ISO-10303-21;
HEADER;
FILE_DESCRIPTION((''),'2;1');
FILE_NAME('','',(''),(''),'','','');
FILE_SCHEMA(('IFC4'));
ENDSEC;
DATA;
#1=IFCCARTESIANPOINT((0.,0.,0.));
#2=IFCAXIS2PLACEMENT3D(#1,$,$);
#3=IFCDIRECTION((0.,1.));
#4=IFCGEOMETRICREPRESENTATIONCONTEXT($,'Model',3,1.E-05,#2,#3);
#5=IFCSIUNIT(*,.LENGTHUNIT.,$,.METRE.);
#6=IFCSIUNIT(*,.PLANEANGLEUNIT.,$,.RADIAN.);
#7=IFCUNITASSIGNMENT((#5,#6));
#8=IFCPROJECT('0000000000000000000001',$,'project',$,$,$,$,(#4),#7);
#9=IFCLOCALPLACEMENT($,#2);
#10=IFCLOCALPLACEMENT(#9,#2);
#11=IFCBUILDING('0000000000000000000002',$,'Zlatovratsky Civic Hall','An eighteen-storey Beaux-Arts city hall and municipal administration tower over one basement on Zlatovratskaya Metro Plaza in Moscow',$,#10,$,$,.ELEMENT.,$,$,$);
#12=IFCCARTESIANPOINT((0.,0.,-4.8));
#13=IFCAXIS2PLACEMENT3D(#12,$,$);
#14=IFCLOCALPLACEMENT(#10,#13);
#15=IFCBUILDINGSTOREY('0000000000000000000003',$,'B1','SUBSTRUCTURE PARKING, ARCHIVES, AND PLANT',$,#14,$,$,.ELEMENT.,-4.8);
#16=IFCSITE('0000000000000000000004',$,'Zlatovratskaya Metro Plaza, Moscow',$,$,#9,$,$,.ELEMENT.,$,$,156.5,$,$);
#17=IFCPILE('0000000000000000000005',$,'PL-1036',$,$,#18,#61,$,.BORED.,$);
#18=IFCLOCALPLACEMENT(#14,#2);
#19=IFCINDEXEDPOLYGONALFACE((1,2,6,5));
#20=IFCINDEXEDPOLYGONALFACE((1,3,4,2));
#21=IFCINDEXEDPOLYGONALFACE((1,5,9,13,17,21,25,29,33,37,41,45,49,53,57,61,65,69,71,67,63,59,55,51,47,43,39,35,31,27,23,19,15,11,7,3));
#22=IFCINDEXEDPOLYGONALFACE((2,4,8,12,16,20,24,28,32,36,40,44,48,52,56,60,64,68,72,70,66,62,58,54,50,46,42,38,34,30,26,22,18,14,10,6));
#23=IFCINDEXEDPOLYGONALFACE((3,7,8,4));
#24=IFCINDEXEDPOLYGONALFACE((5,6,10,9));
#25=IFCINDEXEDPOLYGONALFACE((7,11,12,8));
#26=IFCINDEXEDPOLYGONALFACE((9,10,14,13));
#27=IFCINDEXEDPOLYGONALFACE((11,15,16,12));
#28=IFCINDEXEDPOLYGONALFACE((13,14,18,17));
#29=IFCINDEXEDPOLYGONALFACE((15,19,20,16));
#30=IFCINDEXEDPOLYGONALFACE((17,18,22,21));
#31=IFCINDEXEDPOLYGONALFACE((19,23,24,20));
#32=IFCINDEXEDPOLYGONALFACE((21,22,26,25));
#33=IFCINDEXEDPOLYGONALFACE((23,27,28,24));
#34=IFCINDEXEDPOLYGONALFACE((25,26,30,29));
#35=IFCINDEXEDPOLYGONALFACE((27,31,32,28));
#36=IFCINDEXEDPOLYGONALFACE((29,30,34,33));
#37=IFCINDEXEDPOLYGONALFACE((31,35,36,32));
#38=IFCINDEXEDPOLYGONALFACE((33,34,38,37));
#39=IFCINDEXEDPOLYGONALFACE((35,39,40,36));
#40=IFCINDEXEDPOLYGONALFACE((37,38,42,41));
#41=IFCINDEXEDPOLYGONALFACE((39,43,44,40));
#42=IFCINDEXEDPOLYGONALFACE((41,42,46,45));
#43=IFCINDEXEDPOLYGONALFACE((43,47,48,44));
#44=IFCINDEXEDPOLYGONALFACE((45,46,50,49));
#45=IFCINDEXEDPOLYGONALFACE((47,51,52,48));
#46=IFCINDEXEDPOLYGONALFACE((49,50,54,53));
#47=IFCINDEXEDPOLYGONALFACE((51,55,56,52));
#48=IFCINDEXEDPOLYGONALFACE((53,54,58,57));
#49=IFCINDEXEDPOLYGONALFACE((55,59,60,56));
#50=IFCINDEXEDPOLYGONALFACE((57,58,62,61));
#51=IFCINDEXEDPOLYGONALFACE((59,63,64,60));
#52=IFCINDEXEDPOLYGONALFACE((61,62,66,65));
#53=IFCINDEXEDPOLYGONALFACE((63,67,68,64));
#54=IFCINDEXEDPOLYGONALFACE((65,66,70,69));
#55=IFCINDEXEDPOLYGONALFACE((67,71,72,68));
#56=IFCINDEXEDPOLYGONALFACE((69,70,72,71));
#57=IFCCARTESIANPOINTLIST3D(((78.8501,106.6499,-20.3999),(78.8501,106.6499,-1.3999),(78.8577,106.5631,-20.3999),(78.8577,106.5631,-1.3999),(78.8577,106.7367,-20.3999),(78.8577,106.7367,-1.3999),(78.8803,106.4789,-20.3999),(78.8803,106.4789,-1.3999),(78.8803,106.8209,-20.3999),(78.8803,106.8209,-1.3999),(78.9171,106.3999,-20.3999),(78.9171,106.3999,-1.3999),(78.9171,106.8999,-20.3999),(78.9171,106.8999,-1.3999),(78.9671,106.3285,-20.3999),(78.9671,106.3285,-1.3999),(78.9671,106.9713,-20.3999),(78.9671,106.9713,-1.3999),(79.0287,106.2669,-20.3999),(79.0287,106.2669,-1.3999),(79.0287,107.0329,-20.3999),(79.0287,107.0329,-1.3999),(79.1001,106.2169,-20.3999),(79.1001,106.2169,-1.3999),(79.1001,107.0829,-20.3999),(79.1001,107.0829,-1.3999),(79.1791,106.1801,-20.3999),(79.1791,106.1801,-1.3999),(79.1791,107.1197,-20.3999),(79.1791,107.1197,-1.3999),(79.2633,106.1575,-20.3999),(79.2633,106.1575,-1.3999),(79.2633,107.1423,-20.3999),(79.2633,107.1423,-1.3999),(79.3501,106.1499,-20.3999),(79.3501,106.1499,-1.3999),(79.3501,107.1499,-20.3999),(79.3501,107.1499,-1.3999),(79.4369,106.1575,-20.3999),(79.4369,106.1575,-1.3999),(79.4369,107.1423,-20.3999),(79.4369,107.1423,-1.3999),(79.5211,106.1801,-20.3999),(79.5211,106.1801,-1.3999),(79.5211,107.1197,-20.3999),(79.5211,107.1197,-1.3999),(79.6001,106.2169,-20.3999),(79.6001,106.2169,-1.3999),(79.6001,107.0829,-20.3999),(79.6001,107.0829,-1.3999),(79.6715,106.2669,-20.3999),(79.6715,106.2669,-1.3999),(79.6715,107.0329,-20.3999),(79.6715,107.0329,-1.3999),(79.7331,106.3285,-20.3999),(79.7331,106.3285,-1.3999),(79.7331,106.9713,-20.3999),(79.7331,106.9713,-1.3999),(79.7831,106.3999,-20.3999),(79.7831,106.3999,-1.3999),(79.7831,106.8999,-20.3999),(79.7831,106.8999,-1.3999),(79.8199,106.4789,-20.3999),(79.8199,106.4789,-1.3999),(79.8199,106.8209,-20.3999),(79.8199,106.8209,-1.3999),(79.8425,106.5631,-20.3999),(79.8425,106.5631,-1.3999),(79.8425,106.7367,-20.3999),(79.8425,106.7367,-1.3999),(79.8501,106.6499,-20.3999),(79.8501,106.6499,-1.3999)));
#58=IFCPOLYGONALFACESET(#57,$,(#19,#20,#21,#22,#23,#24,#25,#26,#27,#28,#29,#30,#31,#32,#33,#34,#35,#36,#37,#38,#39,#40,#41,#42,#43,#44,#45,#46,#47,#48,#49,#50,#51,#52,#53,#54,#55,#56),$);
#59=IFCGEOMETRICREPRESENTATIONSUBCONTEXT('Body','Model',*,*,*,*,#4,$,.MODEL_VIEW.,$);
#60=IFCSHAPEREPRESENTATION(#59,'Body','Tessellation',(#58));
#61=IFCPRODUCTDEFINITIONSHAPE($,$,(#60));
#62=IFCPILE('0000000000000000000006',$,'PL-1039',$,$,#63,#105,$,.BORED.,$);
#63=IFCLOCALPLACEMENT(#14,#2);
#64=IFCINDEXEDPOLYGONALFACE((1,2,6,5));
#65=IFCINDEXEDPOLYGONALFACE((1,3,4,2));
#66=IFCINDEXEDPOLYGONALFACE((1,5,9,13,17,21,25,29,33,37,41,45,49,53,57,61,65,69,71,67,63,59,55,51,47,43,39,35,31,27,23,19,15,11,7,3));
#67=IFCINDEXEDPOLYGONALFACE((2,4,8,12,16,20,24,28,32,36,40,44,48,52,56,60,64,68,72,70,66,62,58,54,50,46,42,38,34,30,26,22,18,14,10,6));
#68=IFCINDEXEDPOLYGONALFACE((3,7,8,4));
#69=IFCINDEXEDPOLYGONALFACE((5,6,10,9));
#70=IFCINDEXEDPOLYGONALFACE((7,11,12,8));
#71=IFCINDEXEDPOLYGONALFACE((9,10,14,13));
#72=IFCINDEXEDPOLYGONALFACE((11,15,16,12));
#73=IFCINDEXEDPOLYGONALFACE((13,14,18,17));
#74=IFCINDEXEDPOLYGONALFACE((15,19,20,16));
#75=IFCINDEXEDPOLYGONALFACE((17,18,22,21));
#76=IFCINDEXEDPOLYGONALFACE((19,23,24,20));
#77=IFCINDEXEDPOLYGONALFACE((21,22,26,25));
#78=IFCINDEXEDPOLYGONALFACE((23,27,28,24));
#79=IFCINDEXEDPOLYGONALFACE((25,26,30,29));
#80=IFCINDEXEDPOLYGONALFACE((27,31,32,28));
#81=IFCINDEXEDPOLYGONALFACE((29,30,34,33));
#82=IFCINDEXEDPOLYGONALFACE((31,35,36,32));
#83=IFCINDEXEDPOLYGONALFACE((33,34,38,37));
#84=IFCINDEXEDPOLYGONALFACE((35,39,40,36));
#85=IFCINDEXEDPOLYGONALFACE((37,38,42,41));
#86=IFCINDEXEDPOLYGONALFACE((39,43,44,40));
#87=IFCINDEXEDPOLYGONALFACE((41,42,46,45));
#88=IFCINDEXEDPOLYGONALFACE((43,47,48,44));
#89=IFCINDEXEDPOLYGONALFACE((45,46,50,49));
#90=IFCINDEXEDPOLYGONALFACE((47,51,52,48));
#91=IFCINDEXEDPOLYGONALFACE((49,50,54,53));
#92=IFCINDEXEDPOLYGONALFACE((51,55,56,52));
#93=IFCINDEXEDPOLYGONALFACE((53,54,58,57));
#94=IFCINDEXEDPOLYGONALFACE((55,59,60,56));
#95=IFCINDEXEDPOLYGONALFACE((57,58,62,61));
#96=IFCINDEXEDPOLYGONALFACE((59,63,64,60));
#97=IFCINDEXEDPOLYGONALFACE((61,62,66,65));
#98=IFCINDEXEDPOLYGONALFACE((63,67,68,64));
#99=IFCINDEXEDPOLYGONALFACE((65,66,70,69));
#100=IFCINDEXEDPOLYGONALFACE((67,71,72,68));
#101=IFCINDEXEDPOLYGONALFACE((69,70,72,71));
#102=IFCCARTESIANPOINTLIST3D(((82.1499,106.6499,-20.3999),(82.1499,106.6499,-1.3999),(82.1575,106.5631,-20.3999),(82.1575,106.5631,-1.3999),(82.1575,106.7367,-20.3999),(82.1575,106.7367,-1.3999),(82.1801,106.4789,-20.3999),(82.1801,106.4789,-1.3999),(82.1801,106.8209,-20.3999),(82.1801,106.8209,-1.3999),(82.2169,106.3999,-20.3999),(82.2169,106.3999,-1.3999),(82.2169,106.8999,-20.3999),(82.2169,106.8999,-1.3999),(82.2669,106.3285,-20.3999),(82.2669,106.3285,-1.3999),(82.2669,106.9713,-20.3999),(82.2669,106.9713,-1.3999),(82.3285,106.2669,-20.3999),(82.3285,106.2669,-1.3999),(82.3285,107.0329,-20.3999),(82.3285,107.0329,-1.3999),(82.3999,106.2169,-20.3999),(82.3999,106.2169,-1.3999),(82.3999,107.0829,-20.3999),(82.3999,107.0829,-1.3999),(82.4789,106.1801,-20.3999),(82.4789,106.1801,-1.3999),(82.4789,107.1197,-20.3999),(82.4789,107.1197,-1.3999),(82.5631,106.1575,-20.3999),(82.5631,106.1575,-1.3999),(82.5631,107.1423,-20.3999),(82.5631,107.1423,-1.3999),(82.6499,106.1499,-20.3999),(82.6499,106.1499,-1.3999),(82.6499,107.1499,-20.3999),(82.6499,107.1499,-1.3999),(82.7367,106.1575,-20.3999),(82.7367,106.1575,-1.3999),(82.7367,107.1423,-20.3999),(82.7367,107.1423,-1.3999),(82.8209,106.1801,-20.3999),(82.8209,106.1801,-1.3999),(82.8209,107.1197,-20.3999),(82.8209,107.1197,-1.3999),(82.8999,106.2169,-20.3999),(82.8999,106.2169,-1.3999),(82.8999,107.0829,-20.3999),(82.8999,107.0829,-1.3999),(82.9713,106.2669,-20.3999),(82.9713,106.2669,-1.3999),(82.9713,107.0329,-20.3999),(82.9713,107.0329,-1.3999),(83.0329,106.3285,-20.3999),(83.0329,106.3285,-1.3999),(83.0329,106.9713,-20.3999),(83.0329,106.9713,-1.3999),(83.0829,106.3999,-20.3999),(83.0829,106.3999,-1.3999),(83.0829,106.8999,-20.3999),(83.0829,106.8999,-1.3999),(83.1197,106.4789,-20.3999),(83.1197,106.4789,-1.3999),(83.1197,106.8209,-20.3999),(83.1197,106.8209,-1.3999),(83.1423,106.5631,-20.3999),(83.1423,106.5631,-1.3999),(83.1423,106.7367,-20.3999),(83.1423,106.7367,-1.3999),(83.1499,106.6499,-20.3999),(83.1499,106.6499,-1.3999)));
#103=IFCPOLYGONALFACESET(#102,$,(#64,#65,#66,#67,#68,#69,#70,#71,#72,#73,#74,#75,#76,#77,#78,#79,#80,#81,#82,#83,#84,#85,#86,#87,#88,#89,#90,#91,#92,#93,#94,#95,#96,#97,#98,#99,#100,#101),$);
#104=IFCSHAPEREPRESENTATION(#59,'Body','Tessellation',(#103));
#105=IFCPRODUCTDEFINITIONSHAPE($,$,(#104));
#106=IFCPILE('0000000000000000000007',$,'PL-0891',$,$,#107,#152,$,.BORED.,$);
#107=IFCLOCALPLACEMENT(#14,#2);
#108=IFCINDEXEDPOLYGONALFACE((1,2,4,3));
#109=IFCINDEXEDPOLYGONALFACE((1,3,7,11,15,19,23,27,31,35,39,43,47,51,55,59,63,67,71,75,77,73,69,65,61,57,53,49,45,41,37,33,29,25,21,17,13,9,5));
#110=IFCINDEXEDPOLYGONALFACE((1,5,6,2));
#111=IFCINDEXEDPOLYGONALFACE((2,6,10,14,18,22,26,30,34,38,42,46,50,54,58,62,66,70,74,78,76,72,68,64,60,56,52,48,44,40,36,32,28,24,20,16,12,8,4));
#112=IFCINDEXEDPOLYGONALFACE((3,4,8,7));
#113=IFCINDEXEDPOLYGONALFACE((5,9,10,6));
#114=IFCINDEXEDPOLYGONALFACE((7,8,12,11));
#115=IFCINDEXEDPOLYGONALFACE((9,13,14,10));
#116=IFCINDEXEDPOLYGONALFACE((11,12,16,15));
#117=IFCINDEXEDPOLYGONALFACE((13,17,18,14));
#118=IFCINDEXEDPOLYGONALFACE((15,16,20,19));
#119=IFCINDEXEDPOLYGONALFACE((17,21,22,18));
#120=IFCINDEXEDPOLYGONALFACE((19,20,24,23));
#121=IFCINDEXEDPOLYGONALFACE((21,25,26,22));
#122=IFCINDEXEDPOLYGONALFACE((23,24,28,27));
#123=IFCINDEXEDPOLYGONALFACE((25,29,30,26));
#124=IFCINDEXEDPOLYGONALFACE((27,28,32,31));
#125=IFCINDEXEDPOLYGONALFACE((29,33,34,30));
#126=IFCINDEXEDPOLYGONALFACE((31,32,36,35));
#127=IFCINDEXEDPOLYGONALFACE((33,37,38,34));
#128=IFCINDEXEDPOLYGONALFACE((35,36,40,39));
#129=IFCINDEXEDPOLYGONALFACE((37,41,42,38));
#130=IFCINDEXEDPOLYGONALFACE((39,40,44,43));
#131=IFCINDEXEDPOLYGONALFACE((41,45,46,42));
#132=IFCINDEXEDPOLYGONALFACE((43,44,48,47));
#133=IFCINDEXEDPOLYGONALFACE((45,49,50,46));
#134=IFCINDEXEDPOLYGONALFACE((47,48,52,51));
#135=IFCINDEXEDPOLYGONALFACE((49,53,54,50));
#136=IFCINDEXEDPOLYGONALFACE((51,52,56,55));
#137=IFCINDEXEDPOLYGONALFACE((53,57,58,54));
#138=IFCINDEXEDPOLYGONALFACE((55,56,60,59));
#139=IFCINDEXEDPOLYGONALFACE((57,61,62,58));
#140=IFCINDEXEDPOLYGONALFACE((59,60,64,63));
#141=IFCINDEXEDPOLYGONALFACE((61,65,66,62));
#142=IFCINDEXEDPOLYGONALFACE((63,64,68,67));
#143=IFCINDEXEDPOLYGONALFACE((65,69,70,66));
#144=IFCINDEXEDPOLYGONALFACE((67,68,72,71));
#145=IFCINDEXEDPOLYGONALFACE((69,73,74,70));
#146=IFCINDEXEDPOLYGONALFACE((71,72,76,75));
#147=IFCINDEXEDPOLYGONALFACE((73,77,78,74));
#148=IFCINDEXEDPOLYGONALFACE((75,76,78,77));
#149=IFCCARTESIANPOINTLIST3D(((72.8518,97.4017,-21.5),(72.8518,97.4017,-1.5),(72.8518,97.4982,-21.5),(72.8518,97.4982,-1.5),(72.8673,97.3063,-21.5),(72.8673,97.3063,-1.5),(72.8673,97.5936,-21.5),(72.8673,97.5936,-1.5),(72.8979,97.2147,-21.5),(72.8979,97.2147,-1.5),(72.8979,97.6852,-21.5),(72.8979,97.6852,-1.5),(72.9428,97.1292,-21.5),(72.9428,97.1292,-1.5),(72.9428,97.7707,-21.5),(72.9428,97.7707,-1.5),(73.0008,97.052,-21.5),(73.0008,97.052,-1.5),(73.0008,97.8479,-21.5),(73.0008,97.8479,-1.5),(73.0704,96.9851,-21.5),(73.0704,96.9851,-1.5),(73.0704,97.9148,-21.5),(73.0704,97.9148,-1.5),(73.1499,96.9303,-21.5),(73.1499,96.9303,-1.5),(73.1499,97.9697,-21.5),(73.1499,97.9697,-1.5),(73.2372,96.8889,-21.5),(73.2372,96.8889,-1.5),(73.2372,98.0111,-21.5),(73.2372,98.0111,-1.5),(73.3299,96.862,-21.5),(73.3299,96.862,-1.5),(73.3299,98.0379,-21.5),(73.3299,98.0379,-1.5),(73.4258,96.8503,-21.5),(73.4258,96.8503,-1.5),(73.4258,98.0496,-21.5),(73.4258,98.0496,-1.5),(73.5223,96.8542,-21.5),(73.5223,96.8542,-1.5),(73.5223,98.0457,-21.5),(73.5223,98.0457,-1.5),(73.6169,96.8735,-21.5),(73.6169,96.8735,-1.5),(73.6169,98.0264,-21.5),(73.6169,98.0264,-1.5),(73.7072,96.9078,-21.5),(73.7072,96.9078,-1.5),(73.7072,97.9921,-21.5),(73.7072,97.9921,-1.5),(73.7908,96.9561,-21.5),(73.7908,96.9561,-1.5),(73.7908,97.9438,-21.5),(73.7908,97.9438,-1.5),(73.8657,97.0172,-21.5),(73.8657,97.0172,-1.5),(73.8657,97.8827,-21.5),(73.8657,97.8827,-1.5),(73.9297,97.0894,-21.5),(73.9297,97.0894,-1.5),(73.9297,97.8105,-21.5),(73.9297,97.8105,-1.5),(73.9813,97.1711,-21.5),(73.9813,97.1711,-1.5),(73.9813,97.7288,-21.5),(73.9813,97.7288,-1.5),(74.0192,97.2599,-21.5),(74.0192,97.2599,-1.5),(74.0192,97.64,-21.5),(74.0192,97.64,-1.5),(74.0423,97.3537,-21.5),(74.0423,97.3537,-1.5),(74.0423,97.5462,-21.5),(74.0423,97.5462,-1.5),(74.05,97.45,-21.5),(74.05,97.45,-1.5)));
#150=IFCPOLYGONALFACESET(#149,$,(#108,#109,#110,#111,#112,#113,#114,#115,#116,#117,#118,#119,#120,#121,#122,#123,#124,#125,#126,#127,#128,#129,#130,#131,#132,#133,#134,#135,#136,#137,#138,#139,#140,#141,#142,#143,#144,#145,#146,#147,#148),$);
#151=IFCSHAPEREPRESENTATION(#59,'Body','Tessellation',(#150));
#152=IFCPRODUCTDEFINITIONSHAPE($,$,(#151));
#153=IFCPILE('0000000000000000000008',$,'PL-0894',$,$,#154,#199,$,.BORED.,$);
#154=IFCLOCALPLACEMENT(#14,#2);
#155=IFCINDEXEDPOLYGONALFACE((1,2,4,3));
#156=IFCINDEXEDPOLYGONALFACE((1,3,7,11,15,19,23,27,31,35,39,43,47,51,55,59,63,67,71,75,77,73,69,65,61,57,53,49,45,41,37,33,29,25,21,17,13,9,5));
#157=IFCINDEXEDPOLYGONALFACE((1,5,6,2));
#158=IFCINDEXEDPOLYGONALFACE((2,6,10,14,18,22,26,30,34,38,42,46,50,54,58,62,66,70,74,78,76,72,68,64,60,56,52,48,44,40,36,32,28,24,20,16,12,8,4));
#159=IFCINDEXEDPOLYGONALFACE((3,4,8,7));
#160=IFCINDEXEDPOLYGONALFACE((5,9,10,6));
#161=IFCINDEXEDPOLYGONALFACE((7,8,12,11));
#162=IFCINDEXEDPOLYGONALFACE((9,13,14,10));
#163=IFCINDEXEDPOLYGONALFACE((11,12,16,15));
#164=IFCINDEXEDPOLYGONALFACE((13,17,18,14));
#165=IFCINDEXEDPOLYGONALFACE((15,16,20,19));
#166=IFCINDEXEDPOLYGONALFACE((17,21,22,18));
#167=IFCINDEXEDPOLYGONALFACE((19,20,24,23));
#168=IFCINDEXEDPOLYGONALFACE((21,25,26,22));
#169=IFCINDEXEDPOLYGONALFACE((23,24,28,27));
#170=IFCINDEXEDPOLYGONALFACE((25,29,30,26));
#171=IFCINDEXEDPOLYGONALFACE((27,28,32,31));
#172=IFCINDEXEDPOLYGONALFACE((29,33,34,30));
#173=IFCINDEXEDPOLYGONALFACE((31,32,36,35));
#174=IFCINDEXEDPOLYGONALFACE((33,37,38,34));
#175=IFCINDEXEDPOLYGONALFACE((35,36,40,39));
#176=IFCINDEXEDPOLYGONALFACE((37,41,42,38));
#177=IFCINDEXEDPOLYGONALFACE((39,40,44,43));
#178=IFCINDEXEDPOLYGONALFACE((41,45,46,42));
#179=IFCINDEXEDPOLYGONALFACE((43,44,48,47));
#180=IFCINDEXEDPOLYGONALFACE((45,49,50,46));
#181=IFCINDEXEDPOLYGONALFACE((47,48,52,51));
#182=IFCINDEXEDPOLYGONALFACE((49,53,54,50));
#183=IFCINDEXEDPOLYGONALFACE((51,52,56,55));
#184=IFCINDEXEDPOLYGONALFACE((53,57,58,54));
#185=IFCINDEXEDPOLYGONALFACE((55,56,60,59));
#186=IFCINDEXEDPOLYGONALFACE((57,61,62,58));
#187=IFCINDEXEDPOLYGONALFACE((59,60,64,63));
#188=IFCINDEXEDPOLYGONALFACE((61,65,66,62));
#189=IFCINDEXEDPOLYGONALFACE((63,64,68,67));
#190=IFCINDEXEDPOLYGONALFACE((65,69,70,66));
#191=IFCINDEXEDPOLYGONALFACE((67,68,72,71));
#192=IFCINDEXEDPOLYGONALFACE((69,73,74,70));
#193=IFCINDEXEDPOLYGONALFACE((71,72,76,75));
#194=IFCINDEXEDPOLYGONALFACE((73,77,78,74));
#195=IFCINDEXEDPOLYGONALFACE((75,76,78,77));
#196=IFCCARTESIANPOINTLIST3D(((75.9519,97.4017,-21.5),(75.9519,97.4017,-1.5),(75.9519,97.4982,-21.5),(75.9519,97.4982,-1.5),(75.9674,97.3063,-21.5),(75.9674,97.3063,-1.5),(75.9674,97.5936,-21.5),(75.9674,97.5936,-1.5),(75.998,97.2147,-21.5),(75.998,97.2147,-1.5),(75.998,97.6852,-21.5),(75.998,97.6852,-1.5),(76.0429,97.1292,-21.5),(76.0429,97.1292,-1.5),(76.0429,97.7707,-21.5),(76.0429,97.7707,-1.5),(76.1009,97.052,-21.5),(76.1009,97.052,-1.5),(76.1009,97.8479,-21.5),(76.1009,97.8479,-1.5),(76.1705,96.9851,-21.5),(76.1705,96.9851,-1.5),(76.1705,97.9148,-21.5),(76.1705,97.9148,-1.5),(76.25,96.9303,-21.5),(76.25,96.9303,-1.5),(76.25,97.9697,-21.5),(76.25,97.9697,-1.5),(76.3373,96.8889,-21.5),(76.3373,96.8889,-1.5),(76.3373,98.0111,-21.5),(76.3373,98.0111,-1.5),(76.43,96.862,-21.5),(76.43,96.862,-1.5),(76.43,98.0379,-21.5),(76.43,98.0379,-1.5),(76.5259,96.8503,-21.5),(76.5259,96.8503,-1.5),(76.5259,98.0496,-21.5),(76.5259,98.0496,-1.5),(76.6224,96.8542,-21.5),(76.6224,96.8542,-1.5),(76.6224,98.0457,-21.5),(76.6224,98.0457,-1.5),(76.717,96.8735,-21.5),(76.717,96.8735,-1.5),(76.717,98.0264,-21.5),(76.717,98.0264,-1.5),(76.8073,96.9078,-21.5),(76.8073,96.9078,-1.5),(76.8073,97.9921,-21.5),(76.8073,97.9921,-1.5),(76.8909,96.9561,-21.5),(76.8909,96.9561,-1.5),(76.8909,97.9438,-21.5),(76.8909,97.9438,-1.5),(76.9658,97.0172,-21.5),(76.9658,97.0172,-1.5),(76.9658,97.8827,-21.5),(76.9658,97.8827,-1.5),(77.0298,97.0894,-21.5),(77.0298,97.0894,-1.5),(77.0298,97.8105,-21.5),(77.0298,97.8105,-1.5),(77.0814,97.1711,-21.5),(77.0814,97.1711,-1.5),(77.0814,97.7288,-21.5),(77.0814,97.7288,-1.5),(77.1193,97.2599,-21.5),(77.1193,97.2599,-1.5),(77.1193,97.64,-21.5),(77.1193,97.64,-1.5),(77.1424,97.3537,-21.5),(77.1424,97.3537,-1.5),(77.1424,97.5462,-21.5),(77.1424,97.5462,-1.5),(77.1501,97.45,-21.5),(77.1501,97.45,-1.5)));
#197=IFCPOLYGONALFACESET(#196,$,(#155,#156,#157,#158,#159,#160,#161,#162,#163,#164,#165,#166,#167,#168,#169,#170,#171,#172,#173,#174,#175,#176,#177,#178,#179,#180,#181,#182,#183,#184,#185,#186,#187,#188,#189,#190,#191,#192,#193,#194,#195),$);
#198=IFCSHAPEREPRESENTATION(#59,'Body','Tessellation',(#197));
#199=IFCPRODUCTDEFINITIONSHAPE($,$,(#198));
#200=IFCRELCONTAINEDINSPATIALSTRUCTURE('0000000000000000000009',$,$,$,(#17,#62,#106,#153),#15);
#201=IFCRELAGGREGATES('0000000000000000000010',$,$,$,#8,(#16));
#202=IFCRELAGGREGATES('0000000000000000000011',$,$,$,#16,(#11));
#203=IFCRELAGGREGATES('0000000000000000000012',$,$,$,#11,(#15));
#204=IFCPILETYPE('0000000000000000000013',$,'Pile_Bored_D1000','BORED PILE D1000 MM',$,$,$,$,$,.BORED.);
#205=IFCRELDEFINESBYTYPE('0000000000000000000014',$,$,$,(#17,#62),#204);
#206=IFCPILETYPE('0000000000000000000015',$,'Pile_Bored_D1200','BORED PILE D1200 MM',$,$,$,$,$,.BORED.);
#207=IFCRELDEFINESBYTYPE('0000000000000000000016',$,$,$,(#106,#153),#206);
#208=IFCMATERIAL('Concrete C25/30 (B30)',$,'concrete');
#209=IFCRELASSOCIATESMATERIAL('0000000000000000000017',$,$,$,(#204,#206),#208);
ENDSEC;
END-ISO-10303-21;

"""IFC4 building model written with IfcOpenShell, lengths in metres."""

from ifc_helpers import new_model, si_unit, direction, frame, origin, origin_2d, place, context, subcontext, project, spatial, circle, extrude, material, material_profile, profile_set, type_object, element, save


model = new_model("IFC4")

# Units and contexts
model_context = context("Model", 3, precision=1e-05, world=origin(), true_north=direction((0.0, 1.0)))
body_context = subcontext(model_context, "Body", "Model", "MODEL_VIEW")
ifc_project = project(units=[si_unit("LENGTHUNIT", "METRE"), si_unit("PLANEANGLEUNIT", "RADIAN")], contexts=[model_context])

# Site, building, storey
site_placement = place(None, origin())
site = spatial("IfcSite", under=ifc_project, at=site_placement, Name="Zlatovratskaya Metro Plaza, Moscow", CompositionType="ELEMENT", RefElevation=156.5)
building_placement = place(site_placement, origin())
building = spatial("IfcBuilding", under=site, at=building_placement, Name="Zlatovratsky Civic Hall", Description="An eighteen-storey Beaux-Arts city hall and municipal administration tower over one basement on Zlatovratskaya Metro Plaza in Moscow", CompositionType="ELEMENT")
storey_placement = place(building_placement, frame((0.0, 0.0, -4.8)))
storey = spatial("IfcBuildingStorey", under=building, at=storey_placement, Name="B1", Description="SUBSTRUCTURE PARKING, ARCHIVES, AND PLANT", CompositionType="ELEMENT", Elevation=-4.8)

# Shared definitions
ifc_material_1 = material(Name="Concrete C25/30 (B30)", Category="concrete")

# Piles
ifc_material_profile_1 = material_profile(ifc_material_1, circle(Radius=0.5, at=origin_2d()), Name="PILE D1000")
ifc_profile_set_1 = profile_set([ifc_material_profile_1], Name="Concrete C25/30 (B30)")
pile_type_1 = type_object("IfcPileType", Name="Pile_Bored_D1000", Description="BORED PILE D1000 MM", PredefinedType="BORED", material=ifc_profile_set_1)
for number, where, z_axis, x_axis, name in (
    (1, (79.3501, 106.6499, -1.3999), (0.0, 0.0, -1.0), (1.0, 0.0, 0.0), "PL-1036"),
    (2, (82.6499, 106.6499, -1.3999), (0.0, 0.0, -1.0), (1.0, 0.0, 0.0), "PL-1039"),
):
    element("IfcPile", number, at=place(storey_placement, frame(where, z_axis=z_axis, x_axis=x_axis)), inside=storey, type_object=pile_type_1, Name=name, PredefinedType="BORED", context=body_context, shape_type="SweptSolid", body=[
        extrude(circle(Radius=0.5, at=origin_2d()), origin(), (0.0, 0.0, 1.0), 19.0),
    ])
ifc_material_profile_2 = material_profile(ifc_material_1, circle(Radius=0.6001, at=origin_2d()), Name="PILE D1200")
ifc_profile_set_2 = profile_set([ifc_material_profile_2], Name="Concrete C25/30 (B30)")
pile_type_2 = type_object("IfcPileType", Name="Pile_Bored_D1200", Description="BORED PILE D1200 MM", PredefinedType="BORED", material=ifc_profile_set_2)
for number, where, z_axis, x_axis, name in (
    (3, (73.45, 97.45, -1.5), (0.0, 0.0, -1.0), (1.0, 0.0, 0.0), "PL-0891"),
    (4, (76.55, 97.45, -1.5), (0.0, 0.0, -1.0), (1.0, 0.0, 0.0), "PL-0894"),
):
    element("IfcPile", number, at=place(storey_placement, frame(where, z_axis=z_axis, x_axis=x_axis)), inside=storey, type_object=pile_type_2, Name=name, PredefinedType="BORED", context=body_context, shape_type="SweptSolid", body=[
        extrude(circle(Radius=0.6001, at=origin_2d()), origin(), (0.0, 0.0, 1.0), 20.0),
    ])

save(model, "model.ifc")
